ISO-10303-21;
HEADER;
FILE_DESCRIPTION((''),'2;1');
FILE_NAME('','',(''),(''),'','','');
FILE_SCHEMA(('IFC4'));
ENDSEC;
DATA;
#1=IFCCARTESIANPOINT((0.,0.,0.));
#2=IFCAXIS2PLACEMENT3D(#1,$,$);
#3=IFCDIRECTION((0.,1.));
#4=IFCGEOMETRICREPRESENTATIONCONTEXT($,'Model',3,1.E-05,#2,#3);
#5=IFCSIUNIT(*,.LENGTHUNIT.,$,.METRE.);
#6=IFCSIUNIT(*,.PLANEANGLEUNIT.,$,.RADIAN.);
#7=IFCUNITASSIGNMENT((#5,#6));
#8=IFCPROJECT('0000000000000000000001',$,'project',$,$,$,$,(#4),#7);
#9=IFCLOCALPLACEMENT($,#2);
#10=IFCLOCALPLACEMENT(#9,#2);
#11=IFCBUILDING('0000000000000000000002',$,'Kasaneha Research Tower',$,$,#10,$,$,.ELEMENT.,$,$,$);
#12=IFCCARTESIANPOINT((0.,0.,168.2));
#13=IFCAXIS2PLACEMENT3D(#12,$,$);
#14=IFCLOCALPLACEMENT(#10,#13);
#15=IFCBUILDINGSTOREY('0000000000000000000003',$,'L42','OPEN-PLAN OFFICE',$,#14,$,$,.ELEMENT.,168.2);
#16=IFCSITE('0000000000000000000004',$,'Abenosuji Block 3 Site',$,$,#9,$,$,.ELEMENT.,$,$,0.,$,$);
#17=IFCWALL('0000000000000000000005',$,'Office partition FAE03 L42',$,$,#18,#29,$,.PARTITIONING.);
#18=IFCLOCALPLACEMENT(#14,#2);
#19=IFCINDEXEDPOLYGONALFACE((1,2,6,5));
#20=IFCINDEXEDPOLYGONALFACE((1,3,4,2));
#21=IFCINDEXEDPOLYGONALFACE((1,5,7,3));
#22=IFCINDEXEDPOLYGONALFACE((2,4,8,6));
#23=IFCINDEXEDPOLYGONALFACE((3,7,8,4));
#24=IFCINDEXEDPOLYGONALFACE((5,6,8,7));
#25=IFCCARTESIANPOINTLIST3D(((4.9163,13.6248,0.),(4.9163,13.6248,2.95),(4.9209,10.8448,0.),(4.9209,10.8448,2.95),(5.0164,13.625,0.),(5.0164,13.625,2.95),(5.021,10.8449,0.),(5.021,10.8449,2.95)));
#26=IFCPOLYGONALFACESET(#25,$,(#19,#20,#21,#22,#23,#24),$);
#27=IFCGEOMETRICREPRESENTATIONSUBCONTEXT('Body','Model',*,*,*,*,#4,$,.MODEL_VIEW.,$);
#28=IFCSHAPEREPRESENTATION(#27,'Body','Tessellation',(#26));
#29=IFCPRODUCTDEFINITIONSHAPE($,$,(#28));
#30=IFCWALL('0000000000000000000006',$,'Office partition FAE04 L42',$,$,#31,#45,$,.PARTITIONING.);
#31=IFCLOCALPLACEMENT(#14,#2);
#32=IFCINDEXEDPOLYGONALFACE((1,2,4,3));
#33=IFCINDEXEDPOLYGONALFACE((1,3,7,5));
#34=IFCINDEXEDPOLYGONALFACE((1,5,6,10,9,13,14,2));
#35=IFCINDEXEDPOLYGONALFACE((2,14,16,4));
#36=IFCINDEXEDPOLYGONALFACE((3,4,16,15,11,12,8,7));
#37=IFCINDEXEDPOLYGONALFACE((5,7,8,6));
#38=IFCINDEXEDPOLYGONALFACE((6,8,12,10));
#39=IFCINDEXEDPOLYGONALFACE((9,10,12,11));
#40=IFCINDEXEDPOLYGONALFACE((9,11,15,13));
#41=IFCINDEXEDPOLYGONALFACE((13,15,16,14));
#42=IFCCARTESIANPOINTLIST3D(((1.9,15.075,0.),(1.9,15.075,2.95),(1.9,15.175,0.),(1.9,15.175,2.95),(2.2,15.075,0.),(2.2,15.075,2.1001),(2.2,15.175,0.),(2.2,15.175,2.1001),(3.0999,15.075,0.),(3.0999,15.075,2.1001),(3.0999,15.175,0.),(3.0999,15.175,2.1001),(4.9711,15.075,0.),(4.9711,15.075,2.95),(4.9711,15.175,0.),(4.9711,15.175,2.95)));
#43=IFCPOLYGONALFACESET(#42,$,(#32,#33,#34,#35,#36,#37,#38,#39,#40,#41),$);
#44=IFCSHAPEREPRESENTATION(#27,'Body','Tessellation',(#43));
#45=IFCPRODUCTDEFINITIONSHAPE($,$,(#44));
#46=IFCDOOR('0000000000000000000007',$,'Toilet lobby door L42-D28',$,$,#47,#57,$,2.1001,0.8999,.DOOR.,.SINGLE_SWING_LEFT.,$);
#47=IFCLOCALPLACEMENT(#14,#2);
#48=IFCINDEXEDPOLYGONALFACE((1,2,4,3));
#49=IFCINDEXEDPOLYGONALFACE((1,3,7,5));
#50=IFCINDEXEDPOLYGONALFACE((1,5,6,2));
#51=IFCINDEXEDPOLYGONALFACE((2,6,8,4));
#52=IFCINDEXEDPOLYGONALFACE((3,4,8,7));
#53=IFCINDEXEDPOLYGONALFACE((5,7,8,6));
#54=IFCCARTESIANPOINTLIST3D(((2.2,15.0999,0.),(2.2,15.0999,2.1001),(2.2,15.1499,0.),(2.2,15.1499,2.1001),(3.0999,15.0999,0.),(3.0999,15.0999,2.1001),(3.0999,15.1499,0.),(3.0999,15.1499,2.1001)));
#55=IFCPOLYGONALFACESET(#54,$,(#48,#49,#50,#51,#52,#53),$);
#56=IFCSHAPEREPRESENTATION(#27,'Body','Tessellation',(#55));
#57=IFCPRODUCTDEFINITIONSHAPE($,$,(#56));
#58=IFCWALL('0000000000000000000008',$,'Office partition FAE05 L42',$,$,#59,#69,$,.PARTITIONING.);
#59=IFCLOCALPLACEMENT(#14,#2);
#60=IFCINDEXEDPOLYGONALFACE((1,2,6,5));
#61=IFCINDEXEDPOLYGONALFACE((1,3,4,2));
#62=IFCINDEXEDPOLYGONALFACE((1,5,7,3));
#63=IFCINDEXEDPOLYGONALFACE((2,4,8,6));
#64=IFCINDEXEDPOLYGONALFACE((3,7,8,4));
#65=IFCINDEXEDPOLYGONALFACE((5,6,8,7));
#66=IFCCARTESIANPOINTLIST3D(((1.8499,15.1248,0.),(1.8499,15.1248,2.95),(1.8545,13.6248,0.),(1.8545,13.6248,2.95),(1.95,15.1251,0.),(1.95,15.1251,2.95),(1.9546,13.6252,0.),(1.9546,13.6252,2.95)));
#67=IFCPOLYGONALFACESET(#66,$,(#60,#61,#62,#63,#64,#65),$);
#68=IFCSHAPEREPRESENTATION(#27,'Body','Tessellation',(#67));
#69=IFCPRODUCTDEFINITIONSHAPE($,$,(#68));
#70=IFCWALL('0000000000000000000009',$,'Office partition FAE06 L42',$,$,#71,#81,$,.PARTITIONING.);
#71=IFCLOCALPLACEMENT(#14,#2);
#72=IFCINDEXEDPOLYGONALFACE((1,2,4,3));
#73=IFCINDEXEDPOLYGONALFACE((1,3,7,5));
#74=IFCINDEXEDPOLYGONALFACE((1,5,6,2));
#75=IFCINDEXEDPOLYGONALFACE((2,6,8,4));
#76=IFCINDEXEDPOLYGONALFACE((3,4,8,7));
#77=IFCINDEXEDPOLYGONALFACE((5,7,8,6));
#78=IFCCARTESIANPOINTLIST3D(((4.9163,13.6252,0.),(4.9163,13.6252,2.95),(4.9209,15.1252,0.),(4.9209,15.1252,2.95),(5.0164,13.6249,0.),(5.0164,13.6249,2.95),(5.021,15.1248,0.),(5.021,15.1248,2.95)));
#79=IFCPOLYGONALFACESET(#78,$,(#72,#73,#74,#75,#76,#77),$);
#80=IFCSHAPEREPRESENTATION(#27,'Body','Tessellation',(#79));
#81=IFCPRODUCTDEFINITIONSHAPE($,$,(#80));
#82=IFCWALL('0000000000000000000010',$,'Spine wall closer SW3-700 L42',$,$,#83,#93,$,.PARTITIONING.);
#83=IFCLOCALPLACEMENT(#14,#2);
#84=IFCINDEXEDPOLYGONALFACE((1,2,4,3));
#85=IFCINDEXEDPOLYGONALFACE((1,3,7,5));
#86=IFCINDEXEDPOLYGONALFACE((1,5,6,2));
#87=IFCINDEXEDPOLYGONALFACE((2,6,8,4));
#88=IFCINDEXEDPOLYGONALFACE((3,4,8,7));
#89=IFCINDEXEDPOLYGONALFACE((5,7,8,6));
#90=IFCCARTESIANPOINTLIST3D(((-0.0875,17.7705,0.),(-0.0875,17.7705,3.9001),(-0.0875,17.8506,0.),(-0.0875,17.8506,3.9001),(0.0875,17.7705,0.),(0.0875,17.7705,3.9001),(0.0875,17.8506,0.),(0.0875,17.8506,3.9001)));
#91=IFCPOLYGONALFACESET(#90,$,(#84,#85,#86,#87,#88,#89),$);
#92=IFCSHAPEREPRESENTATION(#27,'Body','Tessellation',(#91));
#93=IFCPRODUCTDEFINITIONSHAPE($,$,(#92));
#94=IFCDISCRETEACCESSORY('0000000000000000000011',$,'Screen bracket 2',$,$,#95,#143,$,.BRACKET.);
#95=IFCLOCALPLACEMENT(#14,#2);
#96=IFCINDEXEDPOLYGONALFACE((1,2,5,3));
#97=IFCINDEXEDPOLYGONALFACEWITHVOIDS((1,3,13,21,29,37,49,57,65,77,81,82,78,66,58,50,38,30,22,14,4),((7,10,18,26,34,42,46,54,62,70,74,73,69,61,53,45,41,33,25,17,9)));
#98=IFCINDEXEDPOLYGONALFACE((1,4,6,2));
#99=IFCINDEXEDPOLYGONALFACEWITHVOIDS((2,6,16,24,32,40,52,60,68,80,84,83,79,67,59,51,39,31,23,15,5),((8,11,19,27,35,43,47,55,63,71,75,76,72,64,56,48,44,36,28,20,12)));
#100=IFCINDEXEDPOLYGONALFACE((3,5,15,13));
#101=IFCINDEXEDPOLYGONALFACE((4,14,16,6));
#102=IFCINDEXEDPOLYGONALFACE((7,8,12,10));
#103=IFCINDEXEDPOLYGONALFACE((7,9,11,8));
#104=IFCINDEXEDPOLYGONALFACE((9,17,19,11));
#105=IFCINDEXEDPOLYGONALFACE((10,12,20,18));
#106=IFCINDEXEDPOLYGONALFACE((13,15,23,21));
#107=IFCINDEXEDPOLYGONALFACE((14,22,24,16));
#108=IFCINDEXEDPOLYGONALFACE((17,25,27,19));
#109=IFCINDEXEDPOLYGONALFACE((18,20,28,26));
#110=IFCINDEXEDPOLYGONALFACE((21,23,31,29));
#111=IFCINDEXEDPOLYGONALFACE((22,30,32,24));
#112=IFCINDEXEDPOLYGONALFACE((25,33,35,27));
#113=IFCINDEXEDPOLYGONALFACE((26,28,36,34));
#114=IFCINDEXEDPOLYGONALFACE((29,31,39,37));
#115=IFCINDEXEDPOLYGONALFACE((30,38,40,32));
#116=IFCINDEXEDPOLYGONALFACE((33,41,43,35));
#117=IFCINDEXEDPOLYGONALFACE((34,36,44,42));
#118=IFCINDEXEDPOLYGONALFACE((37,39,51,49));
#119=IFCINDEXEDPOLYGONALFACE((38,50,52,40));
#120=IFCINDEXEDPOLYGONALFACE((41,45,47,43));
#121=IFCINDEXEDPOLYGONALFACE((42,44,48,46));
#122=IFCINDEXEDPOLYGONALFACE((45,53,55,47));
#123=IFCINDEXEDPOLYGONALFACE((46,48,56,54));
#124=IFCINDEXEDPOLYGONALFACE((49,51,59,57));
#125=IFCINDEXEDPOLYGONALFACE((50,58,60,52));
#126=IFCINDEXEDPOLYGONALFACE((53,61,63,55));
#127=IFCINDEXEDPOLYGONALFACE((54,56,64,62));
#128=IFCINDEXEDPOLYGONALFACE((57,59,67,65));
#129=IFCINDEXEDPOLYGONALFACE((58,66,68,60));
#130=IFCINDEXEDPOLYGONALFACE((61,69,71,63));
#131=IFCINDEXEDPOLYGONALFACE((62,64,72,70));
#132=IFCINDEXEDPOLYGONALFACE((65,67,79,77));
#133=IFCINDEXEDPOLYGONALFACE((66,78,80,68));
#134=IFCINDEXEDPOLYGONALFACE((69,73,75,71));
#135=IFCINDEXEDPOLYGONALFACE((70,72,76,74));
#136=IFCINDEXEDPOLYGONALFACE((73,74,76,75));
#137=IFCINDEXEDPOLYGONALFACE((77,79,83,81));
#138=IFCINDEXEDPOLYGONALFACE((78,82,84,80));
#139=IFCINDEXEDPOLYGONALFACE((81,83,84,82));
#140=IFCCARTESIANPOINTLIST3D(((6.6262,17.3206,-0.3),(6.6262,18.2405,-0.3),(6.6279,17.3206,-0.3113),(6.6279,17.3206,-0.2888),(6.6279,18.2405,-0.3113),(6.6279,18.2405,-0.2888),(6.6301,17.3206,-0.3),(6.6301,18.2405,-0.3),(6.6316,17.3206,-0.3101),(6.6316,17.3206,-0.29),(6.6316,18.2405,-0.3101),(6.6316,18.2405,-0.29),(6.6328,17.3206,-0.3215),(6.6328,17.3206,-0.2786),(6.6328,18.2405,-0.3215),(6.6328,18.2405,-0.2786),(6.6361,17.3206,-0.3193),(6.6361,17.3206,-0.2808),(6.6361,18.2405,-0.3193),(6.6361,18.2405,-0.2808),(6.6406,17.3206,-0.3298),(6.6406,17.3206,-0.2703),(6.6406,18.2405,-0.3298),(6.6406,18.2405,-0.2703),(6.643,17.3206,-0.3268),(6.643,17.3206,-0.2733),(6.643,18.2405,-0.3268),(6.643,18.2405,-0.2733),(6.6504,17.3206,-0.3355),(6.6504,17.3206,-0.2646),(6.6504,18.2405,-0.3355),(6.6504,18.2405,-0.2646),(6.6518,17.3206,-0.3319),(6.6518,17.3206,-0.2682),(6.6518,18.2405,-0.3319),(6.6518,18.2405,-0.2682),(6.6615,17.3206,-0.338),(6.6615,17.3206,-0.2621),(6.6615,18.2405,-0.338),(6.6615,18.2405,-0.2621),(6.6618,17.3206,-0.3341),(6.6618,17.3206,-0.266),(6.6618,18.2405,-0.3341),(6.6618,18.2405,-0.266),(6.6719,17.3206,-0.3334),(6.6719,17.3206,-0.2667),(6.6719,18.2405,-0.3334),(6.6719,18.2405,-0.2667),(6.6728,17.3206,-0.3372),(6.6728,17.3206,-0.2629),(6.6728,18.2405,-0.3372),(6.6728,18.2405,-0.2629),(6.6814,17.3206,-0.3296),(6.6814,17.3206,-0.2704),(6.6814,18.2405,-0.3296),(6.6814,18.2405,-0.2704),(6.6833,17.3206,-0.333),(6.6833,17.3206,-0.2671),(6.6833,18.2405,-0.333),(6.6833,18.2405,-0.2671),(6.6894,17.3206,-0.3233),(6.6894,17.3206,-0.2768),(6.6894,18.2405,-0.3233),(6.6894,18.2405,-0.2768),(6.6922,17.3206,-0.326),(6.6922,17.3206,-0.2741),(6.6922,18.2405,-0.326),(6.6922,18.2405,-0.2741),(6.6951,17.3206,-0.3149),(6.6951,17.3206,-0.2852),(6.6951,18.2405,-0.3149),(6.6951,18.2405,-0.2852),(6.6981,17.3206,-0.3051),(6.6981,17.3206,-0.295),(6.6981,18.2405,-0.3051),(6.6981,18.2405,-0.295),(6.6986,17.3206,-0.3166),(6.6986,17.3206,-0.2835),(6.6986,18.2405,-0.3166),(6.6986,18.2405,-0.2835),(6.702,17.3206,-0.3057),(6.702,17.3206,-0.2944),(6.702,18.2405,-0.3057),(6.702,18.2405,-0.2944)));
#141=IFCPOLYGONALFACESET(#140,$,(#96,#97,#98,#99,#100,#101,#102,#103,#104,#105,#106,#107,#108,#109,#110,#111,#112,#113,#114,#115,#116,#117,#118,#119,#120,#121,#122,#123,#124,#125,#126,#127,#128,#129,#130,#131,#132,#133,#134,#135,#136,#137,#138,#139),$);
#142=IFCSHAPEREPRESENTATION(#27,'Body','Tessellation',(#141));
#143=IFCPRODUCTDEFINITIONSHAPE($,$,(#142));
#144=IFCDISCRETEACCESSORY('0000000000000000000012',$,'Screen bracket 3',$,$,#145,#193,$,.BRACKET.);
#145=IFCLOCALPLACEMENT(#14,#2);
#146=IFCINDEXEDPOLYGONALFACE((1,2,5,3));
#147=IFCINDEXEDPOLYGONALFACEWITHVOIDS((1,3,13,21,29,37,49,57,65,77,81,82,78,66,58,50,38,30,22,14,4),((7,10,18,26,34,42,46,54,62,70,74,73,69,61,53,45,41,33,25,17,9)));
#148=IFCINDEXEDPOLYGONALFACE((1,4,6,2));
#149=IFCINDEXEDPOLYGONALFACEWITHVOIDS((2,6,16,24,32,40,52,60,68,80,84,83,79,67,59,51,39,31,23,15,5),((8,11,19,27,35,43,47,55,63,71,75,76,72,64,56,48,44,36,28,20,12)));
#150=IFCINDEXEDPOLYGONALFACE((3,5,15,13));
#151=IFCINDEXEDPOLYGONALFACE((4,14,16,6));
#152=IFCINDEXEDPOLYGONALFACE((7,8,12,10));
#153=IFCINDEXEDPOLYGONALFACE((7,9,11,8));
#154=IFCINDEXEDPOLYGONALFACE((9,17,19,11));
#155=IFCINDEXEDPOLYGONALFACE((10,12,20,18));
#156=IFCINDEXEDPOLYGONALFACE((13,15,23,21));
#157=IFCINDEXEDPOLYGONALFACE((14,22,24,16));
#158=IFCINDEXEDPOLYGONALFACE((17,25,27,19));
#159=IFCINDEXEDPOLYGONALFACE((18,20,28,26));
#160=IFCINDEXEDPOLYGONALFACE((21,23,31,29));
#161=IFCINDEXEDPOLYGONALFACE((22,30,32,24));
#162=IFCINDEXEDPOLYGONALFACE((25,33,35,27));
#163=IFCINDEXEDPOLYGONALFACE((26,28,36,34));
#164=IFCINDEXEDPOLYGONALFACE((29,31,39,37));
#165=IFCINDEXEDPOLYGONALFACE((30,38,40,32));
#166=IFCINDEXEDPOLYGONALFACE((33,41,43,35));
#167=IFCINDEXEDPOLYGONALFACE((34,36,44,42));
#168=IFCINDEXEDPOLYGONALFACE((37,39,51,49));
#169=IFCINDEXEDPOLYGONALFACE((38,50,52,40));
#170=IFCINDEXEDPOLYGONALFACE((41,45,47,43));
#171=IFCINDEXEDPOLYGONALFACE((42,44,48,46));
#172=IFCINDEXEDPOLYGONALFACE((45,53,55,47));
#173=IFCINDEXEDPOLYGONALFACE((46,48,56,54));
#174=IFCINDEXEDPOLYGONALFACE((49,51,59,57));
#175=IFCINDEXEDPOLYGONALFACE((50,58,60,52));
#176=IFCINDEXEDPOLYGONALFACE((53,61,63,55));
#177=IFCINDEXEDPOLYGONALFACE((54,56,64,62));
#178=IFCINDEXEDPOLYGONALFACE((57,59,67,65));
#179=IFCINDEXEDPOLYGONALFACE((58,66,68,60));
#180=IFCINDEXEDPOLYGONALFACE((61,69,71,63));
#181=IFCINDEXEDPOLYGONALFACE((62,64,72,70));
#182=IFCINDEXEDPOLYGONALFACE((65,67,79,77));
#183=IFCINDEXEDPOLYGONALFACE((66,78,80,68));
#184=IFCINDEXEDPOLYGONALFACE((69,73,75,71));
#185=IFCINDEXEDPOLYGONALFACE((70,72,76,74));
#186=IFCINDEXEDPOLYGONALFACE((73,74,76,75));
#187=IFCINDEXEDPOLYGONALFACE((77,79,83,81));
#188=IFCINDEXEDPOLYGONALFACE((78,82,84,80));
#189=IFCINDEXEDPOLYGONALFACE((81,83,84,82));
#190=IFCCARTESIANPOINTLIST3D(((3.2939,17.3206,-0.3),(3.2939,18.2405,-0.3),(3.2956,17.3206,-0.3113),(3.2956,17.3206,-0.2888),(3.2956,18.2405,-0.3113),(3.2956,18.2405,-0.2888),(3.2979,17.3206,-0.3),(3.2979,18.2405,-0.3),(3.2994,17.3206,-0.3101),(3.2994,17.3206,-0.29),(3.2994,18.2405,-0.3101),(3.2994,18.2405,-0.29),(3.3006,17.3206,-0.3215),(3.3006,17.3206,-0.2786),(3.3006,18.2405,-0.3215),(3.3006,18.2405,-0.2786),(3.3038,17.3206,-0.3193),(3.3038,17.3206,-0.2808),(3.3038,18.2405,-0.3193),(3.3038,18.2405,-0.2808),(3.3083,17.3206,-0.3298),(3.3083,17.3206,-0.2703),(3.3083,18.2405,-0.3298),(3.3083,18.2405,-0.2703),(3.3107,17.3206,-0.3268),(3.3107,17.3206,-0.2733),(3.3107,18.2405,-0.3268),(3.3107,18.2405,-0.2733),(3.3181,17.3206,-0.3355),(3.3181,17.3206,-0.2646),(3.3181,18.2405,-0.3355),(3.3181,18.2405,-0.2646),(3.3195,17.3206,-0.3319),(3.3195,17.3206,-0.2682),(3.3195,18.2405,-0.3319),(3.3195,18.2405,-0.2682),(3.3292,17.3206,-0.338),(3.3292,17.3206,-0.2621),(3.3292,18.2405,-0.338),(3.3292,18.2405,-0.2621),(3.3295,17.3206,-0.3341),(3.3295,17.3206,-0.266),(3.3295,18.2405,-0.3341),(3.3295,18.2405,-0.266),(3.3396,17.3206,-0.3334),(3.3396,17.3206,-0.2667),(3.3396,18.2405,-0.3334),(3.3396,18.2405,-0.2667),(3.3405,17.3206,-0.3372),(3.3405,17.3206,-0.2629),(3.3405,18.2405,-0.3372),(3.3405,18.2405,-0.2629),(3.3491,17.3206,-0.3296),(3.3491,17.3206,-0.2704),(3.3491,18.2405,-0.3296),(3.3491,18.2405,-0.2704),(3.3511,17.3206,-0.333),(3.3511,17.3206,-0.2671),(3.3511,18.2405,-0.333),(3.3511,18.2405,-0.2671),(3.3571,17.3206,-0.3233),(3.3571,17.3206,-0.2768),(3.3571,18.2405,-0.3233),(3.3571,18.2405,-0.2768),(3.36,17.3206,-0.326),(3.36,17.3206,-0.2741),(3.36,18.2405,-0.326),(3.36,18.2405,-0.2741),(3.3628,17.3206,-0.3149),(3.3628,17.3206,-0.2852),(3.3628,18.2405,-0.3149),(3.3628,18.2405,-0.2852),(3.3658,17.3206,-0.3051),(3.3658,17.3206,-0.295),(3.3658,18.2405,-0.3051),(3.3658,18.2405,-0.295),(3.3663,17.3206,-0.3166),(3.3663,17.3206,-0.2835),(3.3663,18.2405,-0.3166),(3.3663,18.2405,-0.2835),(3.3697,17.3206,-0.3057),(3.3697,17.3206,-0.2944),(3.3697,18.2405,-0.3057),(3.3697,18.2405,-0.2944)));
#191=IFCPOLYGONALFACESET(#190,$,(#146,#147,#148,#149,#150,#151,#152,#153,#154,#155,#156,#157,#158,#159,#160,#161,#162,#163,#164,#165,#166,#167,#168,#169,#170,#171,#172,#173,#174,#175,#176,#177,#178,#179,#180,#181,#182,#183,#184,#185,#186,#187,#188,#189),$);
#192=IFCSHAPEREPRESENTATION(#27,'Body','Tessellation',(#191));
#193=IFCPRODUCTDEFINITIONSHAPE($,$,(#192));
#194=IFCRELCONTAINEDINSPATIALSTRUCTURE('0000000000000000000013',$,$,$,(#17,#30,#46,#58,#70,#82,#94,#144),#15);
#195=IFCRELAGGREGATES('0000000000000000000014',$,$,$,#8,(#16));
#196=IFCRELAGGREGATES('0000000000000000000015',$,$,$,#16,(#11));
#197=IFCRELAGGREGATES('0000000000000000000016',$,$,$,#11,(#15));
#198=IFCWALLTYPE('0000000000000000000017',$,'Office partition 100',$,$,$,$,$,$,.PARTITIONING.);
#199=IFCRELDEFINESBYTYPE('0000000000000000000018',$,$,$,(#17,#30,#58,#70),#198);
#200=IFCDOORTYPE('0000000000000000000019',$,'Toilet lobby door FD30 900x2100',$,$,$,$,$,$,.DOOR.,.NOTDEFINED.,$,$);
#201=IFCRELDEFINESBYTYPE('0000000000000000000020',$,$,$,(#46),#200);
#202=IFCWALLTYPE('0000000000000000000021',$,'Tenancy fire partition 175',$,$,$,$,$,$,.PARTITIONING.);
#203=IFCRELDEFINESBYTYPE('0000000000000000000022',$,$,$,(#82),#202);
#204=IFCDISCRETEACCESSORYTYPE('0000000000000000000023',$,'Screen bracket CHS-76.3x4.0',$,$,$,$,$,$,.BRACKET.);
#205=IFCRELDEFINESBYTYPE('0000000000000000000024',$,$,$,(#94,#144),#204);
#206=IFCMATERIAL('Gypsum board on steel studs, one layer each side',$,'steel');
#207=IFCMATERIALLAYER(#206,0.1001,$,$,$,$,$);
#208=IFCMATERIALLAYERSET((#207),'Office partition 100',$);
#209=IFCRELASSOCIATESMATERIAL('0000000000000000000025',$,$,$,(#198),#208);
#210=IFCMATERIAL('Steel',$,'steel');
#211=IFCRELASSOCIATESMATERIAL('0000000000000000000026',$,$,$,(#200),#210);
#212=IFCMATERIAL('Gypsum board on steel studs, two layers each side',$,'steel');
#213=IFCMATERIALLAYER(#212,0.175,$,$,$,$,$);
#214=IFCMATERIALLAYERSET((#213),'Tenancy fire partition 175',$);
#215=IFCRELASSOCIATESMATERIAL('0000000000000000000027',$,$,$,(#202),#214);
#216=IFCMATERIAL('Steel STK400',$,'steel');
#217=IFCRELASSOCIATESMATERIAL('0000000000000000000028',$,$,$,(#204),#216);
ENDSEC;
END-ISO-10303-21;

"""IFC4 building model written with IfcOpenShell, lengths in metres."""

from ifc_helpers import new_model, si_unit, direction, frame, frame_2d, origin, origin_2d, place, context, subcontext, project, spatial, rectangle, hollow_circle, extrude, material, layer, layer_set, material_profile, profile_set, type_object, element, fill, save


model = new_model("IFC4")

# Units and contexts
model_context = context("Model", 3, precision=1e-05, world=origin(), true_north=direction((0.0, 1.0)))
body_context = subcontext(model_context, "Body", "Model", "MODEL_VIEW")
ifc_project = project(units=[si_unit("LENGTHUNIT", "METRE"), si_unit("PLANEANGLEUNIT", "RADIAN")], contexts=[model_context])

# Site, building, storey
site_placement = place(None, origin())
site = spatial("IfcSite", under=ifc_project, at=site_placement, Name="Abenosuji Block 3 Site", CompositionType="ELEMENT", RefElevation=0.0)
building_placement = place(site_placement, origin())
building = spatial("IfcBuilding", under=site, at=building_placement, Name="Kasaneha Research Tower", CompositionType="ELEMENT")
storey_placement = place(building_placement, frame((0.0, 0.0, 168.2)))
storey = spatial("IfcBuildingStorey", under=building, at=storey_placement, Name="L42", Description="OPEN-PLAN OFFICE", CompositionType="ELEMENT", Elevation=168.2)

# Wall
ifc_material_1 = material(Name="Gypsum board on steel studs, one layer each side", Category="steel")
ifc_layer_1 = layer(ifc_material_1, 0.1001)
ifc_layer_set_1 = layer_set([ifc_layer_1], Name="Office partition 100")
wall_type_1 = type_object("IfcWallType", Name="Office partition 100", PredefinedType="PARTITIONING", material=ifc_layer_set_1)
wall_1_placement = place(storey_placement, frame((4.9663, 13.625, 0.0), z_axis=(0.0, 0.0, 1.0), x_axis=(0.001669, -0.999999, 0.0)))
element("IfcWall", 1, at=wall_1_placement, inside=storey, type_object=wall_type_1, Name="Office partition FAE03 L42", PredefinedType="PARTITIONING", context=body_context, shape_type="SweptSolid", body=[
    extrude(rectangle(XDim=2.78, YDim=0.1001, at=frame_2d((1.3901, 0.0))), origin(), (0.0, 0.0, 1.0), 2.95),
])

# Wall, opening, door
wall_2_placement = place(storey_placement, frame((1.8999, 15.125, 0.0), z_axis=(0.0, 0.0, 1.0), x_axis=(1.0, 0.0, 0.0)))
wall_2 = element("IfcWall", 2, at=wall_2_placement, inside=storey, type_object=wall_type_1, Name="Office partition FAE04 L42", PredefinedType="PARTITIONING", context=body_context, shape_type="SweptSolid", body=[
    extrude(rectangle(XDim=3.071, YDim=0.1001, at=frame_2d((1.5356, 0.0))), origin(), (0.0, 0.0, 1.0), 2.95),
])
opening_placement = place(wall_2_placement, frame((0.3, 0.0, 0.0)))
opening = element("IfcOpeningElement", 3, at=opening_placement, cuts=wall_2, PredefinedType="OPENING", context=body_context, shape_type="SweptSolid", body=[
    extrude(rectangle(XDim=0.8999, YDim=2.1001, at=frame_2d((0.45, 1.05))), frame((0.0, 0.0601, 0.0), z_axis=(0.0, -1.0, 0.0), x_axis=(1.0, 0.0, 0.0)), (0.0, 0.0, 1.0), 0.1201),
])
ifc_material_2 = material(Name="Steel", Category="steel")
door_type = type_object("IfcDoorType", Name="Toilet lobby door FD30 900x2100", OperationType="NOTDEFINED", PredefinedType="DOOR", material=ifc_material_2)
door_placement = place(opening_placement, origin())
door = element("IfcDoor", 4, at=door_placement, inside=storey, type_object=door_type, Name="Toilet lobby door L42-D28", OperationType="SINGLE_SWING_LEFT", OverallHeight=2.1001, OverallWidth=0.8999, PredefinedType="DOOR", context=body_context, shape_type="SweptSolid", body=[
    extrude(rectangle(XDim=0.8999, YDim=2.1001, at=frame_2d((0.45, 1.05))), frame((0.0, 0.0249, 0.0), z_axis=(0.0, -1.0, 0.0), x_axis=(1.0, 0.0, 0.0)), (0.0, 0.0, 1.0), 0.05),
])
fill(opening, door)

# Walls
for number, where, z_axis, x_axis, name in (
    (5, (1.9045, 13.625, 0.0), (0.0, 0.0, 1.0), (-0.003092, 0.999995, 0.0), "Office partition FAE05 L42"),
    (6, (4.9709, 15.125, 0.0), (0.0, 0.0, 1.0), (-0.003092, -0.999995, 0.0), "Office partition FAE06 L42"),
):
    element("IfcWall", number, at=place(storey_placement, frame(where, z_axis=z_axis, x_axis=x_axis)), inside=storey, type_object=wall_type_1, Name=name, PredefinedType="PARTITIONING", context=body_context, shape_type="SweptSolid", body=[
        extrude(rectangle(XDim=1.5, YDim=0.1001, at=frame_2d((0.75, 0.0))), origin(), (0.0, 0.0, 1.0), 2.95),
    ])
ifc_material_3 = material(Name="Gypsum board on steel studs, two layers each side", Category="steel")
ifc_layer_2 = layer(ifc_material_3, 0.175)
ifc_layer_set_2 = layer_set([ifc_layer_2], Name="Tenancy fire partition 175")
wall_type_2 = type_object("IfcWallType", Name="Tenancy fire partition 175", PredefinedType="PARTITIONING", material=ifc_layer_set_2)
wall_3_placement = place(storey_placement, frame((0.0, 17.7705, 0.0), z_axis=(0.0, 0.0, 1.0), x_axis=(0.0, 1.0, 0.0)))
element("IfcWall", 7, at=wall_3_placement, inside=storey, type_object=wall_type_2, Name="Spine wall closer SW3-700 L42", PredefinedType="PARTITIONING", context=body_context, shape_type="SweptSolid", body=[
    extrude(rectangle(XDim=0.0801, YDim=0.175, at=frame_2d((0.04, 0.0))), origin(), (0.0, 0.0, 1.0), 3.9001),
])

# Discrete accessories
ifc_material_4 = material(Name="Steel STK400", Category="steel")
ifc_material_profile_1 = material_profile(ifc_material_4, hollow_circle(Radius=0.0381, WallThickness=0.0039, at=origin_2d()), Name="CHS-76.3x4.0")
ifc_profile_set_1 = profile_set([ifc_material_profile_1], Name="Steel STK400")
discrete_accessory_type = type_object("IfcDiscreteAccessoryType", Name="Screen bracket CHS-76.3x4.0", PredefinedType="BRACKET", material=ifc_profile_set_1)
for number, where, z_axis, x_axis, name in (
    (8, (6.6643, 17.3206, -0.3), (0.0, 1.0, 0.0), (-1.0, 0.0, 0.0), "Screen bracket 2"),
    (9, (3.332, 17.3206, -0.3), (0.0, 1.0, 0.0), (-1.0, 0.0, 0.0), "Screen bracket 3"),
):
    element("IfcDiscreteAccessory", number, at=place(storey_placement, frame(where, z_axis=z_axis, x_axis=x_axis)), inside=storey, type_object=discrete_accessory_type, Name=name, PredefinedType="BRACKET", context=body_context, shape_type="SweptSolid", body=[
        extrude(hollow_circle(Radius=0.0381, WallThickness=0.0039, at=origin_2d()), origin(), (0.0, 0.0, 1.0), 0.9199),
    ])

save(model, "model.ifc")
